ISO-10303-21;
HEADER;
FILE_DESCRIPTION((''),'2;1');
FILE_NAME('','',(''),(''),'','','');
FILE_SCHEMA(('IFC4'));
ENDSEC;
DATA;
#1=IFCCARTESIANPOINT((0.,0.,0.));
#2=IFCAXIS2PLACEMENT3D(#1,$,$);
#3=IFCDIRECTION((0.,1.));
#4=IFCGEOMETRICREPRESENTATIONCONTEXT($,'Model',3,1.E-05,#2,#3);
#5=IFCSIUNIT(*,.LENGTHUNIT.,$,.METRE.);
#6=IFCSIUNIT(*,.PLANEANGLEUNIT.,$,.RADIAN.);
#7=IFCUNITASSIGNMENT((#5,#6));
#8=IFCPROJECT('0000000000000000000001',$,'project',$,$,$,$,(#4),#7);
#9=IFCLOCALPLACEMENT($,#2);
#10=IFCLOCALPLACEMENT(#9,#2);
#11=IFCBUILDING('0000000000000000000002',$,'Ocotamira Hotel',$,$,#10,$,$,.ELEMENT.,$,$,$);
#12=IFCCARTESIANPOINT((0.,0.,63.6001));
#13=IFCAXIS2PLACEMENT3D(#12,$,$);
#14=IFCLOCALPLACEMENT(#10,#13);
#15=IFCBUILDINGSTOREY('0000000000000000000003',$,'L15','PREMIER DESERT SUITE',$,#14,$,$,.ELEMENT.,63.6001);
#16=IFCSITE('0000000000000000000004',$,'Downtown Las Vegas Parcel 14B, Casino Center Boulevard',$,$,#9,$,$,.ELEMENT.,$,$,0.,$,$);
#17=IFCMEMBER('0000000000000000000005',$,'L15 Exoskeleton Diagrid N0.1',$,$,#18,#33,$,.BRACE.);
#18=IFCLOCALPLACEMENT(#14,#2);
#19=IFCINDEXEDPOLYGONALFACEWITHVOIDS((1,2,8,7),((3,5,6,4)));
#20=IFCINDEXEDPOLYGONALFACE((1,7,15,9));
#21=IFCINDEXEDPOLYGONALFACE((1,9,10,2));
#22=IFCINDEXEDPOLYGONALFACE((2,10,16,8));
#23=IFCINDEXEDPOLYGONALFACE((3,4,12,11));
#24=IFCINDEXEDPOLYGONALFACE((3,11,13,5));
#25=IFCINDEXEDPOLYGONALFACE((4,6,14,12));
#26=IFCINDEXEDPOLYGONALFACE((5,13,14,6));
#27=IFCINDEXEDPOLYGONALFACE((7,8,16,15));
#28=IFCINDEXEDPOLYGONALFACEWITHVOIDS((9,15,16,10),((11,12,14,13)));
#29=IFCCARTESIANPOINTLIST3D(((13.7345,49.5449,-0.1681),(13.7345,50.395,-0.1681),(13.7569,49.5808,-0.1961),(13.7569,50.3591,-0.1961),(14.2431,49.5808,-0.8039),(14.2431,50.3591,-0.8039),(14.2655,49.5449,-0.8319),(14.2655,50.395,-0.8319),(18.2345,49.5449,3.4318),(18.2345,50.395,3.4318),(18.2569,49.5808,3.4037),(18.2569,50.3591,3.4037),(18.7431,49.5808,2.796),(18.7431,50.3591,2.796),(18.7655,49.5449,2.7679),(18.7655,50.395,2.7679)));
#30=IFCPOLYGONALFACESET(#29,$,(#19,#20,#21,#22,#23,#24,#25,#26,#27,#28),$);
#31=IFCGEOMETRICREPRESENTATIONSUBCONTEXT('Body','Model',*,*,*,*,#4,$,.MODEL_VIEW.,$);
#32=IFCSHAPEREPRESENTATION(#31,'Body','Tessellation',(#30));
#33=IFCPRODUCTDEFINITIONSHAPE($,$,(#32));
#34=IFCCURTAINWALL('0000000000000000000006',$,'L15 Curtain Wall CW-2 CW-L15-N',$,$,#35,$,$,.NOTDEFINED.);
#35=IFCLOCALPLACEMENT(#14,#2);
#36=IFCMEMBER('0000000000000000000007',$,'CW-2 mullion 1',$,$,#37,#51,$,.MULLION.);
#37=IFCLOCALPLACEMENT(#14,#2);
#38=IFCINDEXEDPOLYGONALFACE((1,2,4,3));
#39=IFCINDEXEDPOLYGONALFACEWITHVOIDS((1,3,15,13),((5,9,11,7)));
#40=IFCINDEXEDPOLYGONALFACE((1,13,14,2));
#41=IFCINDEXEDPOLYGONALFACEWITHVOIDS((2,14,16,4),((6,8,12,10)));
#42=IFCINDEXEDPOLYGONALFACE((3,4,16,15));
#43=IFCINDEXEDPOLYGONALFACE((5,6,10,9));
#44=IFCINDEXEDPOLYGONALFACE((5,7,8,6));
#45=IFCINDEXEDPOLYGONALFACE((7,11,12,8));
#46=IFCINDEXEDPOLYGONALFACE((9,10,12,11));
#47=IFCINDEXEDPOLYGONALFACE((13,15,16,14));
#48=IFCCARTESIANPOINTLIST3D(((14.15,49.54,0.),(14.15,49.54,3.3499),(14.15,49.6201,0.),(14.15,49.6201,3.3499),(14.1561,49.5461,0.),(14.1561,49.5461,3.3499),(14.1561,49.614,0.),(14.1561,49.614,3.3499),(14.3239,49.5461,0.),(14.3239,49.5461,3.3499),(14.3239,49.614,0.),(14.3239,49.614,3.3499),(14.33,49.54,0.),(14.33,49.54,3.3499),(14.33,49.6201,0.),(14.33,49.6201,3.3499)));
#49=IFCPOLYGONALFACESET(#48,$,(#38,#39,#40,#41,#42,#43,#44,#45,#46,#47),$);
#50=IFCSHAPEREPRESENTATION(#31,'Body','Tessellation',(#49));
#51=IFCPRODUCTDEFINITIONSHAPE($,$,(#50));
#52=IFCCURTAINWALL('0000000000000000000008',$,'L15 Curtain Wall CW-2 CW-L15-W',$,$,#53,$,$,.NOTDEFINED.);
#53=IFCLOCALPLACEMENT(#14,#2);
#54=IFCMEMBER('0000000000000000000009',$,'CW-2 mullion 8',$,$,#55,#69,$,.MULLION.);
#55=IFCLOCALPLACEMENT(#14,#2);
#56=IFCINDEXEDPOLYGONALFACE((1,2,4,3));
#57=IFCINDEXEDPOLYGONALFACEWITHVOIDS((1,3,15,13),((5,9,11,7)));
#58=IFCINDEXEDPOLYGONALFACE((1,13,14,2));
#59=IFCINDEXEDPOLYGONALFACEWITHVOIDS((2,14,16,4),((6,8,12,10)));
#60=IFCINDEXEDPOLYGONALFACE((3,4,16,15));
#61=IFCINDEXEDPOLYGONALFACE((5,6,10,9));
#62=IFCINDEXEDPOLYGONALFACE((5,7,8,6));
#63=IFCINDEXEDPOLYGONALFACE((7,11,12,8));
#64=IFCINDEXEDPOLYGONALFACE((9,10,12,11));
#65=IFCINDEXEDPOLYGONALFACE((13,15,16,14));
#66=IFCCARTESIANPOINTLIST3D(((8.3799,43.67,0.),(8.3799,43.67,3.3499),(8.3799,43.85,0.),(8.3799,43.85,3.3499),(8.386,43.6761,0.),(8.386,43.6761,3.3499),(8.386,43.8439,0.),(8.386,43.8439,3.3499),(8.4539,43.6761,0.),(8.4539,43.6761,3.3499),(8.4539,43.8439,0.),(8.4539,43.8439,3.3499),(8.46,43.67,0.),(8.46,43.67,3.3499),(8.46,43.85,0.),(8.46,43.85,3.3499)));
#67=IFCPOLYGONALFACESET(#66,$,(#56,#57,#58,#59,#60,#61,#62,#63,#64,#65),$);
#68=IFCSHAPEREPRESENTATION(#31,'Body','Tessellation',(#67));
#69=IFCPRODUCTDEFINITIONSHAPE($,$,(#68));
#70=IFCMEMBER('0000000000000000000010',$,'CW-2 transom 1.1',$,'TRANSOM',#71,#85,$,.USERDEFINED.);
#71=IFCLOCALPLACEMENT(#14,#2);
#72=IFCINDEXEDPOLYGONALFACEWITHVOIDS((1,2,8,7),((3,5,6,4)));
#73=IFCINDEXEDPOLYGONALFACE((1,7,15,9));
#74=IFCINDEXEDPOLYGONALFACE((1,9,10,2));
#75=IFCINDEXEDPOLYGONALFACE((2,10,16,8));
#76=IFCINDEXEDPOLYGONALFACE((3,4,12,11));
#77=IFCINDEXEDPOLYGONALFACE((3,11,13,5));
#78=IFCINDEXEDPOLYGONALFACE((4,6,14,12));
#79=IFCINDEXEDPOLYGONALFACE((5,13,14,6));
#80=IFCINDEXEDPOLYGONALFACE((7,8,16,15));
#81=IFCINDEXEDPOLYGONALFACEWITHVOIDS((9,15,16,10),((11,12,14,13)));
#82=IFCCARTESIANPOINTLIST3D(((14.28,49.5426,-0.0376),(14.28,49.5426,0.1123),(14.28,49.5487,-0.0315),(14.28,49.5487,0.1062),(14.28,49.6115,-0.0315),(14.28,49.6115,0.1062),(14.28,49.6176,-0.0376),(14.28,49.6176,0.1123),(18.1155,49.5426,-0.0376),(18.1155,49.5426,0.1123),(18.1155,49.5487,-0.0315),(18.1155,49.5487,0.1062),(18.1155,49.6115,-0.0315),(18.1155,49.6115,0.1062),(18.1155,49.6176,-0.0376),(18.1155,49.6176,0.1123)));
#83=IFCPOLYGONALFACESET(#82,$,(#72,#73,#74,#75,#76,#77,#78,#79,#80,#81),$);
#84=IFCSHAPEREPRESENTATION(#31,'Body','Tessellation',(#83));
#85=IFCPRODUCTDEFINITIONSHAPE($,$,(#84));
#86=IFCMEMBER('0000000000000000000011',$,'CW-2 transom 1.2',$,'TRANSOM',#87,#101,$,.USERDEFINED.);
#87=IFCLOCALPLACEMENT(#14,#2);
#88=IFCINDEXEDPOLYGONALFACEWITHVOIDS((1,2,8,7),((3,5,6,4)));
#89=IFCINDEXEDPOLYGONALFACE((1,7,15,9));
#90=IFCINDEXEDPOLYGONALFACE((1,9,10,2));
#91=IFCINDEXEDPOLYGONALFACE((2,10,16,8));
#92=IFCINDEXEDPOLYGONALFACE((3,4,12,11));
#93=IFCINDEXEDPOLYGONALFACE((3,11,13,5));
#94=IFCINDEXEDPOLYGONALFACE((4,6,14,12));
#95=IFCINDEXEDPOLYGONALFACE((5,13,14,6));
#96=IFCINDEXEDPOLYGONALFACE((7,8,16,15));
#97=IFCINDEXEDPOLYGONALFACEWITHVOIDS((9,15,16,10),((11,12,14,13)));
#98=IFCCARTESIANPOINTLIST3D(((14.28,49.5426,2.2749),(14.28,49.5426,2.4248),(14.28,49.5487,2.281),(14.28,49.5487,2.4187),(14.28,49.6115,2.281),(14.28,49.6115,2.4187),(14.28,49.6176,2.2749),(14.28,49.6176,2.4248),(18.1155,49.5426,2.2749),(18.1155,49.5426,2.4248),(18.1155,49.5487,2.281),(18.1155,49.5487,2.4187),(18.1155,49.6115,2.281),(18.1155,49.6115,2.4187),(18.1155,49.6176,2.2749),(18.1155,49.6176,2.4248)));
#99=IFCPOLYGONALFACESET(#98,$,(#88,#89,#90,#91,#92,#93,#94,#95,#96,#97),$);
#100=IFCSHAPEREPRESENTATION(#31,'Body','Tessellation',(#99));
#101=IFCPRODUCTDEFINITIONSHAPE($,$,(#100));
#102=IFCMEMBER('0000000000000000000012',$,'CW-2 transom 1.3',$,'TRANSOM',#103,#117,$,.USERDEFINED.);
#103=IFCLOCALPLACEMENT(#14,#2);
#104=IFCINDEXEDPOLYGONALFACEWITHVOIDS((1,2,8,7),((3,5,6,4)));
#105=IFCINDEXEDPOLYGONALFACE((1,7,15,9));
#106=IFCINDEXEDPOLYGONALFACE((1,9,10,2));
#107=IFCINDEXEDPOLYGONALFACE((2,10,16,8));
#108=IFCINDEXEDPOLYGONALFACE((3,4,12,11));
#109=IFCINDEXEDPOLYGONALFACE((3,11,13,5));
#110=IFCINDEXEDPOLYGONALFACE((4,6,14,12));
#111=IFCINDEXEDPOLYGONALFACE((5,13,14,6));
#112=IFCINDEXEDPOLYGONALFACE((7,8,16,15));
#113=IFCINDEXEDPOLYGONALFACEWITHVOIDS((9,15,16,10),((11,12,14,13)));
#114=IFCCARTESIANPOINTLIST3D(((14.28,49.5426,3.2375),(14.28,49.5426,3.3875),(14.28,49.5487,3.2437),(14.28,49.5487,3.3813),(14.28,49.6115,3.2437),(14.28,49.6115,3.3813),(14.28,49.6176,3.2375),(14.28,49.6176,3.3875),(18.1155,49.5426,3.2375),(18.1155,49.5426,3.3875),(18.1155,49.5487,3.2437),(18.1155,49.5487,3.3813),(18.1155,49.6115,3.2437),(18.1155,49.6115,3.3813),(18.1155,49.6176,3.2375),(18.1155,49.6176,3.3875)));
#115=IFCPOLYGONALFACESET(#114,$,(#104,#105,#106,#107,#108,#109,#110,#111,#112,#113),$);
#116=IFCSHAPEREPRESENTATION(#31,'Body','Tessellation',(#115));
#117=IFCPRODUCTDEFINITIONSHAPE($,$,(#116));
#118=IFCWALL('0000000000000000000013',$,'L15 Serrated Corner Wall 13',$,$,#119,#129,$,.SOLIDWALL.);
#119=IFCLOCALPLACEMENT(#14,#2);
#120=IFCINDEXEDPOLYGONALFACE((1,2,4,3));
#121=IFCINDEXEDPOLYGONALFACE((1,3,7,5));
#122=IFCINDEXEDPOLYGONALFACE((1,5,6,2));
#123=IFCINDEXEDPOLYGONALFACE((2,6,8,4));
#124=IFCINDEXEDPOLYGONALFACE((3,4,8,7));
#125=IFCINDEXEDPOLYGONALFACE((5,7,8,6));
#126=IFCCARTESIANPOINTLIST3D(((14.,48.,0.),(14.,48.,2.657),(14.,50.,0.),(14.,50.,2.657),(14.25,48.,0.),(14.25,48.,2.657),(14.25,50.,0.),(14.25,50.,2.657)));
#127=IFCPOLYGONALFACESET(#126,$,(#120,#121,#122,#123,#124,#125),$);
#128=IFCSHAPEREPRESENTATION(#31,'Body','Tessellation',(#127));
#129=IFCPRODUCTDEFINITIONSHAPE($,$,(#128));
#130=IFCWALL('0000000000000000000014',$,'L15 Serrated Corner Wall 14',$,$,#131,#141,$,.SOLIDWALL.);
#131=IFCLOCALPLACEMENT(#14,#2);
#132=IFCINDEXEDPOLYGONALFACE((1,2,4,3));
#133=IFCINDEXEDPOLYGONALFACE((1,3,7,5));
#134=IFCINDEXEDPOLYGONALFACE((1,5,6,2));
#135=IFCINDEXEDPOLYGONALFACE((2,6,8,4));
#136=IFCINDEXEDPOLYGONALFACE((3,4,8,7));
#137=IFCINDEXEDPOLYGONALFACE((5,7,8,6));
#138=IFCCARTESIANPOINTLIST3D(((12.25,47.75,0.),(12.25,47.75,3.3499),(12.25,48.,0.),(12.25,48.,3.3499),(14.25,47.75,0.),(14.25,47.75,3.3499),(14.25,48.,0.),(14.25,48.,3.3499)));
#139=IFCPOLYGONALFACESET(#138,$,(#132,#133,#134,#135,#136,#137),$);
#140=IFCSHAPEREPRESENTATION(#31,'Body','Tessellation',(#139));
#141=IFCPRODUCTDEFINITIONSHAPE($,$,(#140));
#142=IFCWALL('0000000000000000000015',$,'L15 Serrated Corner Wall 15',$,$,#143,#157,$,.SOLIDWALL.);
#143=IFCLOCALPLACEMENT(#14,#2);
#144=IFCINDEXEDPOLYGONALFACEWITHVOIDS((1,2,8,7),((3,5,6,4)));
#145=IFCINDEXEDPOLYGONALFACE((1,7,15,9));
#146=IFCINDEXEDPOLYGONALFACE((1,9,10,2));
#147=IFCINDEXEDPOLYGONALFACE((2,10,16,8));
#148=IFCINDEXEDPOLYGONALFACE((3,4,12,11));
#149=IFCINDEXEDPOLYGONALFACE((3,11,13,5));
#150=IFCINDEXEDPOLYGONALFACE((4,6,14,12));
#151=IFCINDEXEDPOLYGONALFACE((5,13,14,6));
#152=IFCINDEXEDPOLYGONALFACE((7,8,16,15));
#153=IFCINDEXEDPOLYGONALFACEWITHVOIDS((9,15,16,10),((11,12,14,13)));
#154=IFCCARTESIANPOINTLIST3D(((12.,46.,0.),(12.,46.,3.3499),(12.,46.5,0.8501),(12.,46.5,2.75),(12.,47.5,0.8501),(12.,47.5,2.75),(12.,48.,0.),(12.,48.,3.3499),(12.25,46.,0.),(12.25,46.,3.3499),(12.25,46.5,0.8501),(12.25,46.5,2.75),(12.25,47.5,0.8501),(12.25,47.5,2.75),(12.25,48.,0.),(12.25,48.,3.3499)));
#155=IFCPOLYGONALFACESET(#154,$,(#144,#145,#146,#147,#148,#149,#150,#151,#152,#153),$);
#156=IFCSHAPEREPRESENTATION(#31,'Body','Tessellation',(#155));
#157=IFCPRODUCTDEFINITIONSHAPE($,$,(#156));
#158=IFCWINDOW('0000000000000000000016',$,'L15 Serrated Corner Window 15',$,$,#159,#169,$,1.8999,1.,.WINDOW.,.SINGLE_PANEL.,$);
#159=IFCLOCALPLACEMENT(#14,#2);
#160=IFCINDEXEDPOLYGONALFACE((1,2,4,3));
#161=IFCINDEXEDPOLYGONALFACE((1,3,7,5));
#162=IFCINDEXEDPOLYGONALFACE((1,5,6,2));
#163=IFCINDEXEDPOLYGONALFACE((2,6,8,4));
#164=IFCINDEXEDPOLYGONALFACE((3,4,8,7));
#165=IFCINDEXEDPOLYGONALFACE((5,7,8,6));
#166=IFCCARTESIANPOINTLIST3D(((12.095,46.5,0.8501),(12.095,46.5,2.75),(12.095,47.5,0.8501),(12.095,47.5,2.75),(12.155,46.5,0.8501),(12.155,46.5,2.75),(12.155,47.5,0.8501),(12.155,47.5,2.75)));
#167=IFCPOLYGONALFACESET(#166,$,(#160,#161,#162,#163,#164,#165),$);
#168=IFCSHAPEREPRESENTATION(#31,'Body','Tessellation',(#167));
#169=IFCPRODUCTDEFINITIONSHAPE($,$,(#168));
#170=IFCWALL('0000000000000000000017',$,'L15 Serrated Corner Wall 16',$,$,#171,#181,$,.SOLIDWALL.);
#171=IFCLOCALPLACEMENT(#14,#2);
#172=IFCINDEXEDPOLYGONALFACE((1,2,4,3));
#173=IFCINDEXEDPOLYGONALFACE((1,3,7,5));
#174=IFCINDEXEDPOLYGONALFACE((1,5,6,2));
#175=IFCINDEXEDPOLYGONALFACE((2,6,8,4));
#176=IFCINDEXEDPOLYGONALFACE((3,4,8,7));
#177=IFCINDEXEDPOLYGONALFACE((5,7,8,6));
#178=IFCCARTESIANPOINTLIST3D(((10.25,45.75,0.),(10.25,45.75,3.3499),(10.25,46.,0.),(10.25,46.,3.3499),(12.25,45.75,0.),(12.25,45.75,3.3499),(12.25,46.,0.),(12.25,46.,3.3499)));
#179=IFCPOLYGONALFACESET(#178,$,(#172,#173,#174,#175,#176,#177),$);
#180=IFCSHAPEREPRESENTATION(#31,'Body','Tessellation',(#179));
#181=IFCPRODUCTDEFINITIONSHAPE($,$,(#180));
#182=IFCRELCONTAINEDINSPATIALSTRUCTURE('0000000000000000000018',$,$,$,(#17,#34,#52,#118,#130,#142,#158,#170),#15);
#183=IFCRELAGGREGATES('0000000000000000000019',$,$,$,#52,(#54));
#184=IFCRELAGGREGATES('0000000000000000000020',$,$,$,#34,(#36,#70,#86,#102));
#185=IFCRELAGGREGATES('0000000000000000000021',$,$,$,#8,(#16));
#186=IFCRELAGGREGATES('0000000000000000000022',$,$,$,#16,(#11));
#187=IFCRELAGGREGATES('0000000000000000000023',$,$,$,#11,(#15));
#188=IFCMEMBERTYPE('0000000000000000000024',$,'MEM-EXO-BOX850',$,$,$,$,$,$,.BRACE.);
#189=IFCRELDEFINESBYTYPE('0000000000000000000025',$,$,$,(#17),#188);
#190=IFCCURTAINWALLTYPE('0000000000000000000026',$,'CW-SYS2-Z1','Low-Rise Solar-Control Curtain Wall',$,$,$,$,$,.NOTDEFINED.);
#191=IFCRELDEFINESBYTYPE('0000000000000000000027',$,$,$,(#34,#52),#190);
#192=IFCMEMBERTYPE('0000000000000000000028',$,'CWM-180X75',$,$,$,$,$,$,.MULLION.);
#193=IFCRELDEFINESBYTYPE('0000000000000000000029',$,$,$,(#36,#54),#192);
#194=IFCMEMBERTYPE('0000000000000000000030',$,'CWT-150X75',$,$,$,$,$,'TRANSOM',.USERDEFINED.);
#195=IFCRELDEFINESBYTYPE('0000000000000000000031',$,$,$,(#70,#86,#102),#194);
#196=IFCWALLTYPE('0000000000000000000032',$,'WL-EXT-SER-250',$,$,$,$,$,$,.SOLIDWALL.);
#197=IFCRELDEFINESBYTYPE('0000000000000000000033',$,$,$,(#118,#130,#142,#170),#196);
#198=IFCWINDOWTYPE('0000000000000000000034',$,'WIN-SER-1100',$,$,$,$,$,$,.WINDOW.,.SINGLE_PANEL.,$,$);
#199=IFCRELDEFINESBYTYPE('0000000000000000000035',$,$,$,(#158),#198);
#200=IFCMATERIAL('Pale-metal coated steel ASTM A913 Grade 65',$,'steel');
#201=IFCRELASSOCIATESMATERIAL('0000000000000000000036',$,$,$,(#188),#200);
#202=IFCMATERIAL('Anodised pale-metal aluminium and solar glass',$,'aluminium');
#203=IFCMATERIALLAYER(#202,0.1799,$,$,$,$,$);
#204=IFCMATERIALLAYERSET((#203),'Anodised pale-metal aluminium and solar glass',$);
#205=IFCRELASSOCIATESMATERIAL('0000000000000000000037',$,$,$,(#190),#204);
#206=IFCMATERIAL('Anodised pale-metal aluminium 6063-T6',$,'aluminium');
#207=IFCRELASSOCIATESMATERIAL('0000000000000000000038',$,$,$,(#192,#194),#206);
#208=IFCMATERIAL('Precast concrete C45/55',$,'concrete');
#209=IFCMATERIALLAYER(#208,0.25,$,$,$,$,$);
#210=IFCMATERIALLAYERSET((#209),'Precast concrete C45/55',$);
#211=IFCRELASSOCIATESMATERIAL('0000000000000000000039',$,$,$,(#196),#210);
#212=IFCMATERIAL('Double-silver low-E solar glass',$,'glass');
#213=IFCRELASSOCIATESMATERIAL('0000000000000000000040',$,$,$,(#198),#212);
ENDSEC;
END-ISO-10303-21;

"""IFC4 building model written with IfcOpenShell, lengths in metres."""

from ifc_helpers import new_model, si_unit, direction, frame, frame_2d, origin, origin_2d, place, context, subcontext, project, spatial, rectangle, hollow_rectangle, extrude, source, transform, mapped, material, layer, layer_set, material_profile, profile_set, type_object, element, fill, aggregate, save


model = new_model("IFC4")

# Units and contexts
model_context = context("Model", 3, precision=1e-05, world=origin(), true_north=direction((0.0, 1.0)))
body_context = subcontext(model_context, "Body", "Model", "MODEL_VIEW")
ifc_project = project(units=[si_unit("LENGTHUNIT", "METRE"), si_unit("PLANEANGLEUNIT", "RADIAN")], contexts=[model_context])

# Site, building, storey
site_placement = place(None, origin())
site = spatial("IfcSite", under=ifc_project, at=site_placement, Name="Downtown Las Vegas Parcel 14B, Casino Center Boulevard", CompositionType="ELEMENT", RefElevation=0.0)
building_placement = place(site_placement, origin())
building = spatial("IfcBuilding", under=site, at=building_placement, Name="Ocotamira Hotel", CompositionType="ELEMENT")
storey_placement = place(building_placement, frame((0.0, 0.0, 63.6001)))
storey = spatial("IfcBuildingStorey", under=building, at=storey_placement, Name="L15", Description="PREMIER DESERT SUITE", CompositionType="ELEMENT", Elevation=63.6001)

# Member
ifc_material_1 = material(Name="Pale-metal coated steel ASTM A913 Grade 65", Category="steel")
ifc_material_profile_1 = material_profile(ifc_material_1, hollow_rectangle(XDim=0.8501, YDim=0.8501, WallThickness=0.0359, at=origin_2d()), Name="BOX850X850X36")
ifc_profile_set_1 = profile_set([ifc_material_profile_1], Name="Pale-metal coated steel ASTM A913 Grade 65")
member_type_1 = type_object("IfcMemberType", Name="MEM-EXO-BOX850", PredefinedType="BRACE", material=ifc_profile_set_1)
shared_shape_1 = source(origin(), body_context, "Body", "SweptSolid", [
    extrude(hollow_rectangle(XDim=0.8501, YDim=0.8501, WallThickness=0.0359, at=origin_2d()), origin(), (0.0, 0.0, 1.0), 5.7627),
])
member_1_placement = place(storey_placement, frame((14.0, 49.97, -0.5), z_axis=(0.780881, 0.0, 0.62468), x_axis=(0.0, 1.0, 0.0)))
element("IfcMember", 1, at=member_1_placement, inside=storey, type_object=member_type_1, Name="L15 Exoskeleton Diagrid N0.1", PredefinedType="BRACE", context=body_context, shape_type="MappedRepresentation", body=[
    mapped(shared_shape_1, transform((0.0, 0.0, 0.0), scale=1.0)),
])

# Curtain walls, members
ifc_material_2 = material(Name="Anodised pale-metal aluminium and solar glass", Category="aluminium")
ifc_layer_1 = layer(ifc_material_2, 0.1799)
ifc_layer_set_1 = layer_set([ifc_layer_1], Name="Anodised pale-metal aluminium and solar glass")
curtain_wall_type = type_object("IfcCurtainWallType", Name="CW-SYS2-Z1", Description="Low-Rise Solar-Control Curtain Wall", PredefinedType="NOTDEFINED", material=ifc_layer_set_1)
curtain_wall_1_placement = place(storey_placement, origin())
curtain_wall_1 = element("IfcCurtainWall", 2, at=curtain_wall_1_placement, inside=storey, type_object=curtain_wall_type, Name="L15 Curtain Wall CW-2 CW-L15-N", PredefinedType="NOTDEFINED")
ifc_material_3 = material(Name="Anodised pale-metal aluminium 6063-T6", Category="aluminium")
ifc_material_profile_2 = material_profile(ifc_material_3, hollow_rectangle(XDim=0.0801, YDim=0.1799, WallThickness=0.0061, at=origin_2d()), Name="HSS180X80X6")
ifc_profile_set_2 = profile_set([ifc_material_profile_2], Name="Anodised pale-metal aluminium 6063-T6")
member_type_2 = type_object("IfcMemberType", Name="CWM-180X75", PredefinedType="MULLION", material=ifc_profile_set_2)
shared_shape_2 = source(origin(), body_context, "Body", "SweptSolid", [
    extrude(hollow_rectangle(XDim=0.0801, YDim=0.1799, WallThickness=0.0061, at=origin_2d()), origin(), (0.0, 0.0, 1.0), 3.3499),
])
member_2_placement = place(storey_placement, frame((14.24, 49.5801, 0.0), z_axis=(0.0, 0.0, 1.0), x_axis=(0.0, 1.0, 0.0)))
member_2 = element("IfcMember", 3, at=member_2_placement, type_object=member_type_2, Name="CW-2 mullion 1", PredefinedType="MULLION", context=body_context, shape_type="MappedRepresentation", body=[
    mapped(shared_shape_2, transform((0.0, 0.0, 0.0), scale=1.0)),
])
curtain_wall_2_placement = place(storey_placement, origin())
curtain_wall_2 = element("IfcCurtainWall", 4, at=curtain_wall_2_placement, inside=storey, type_object=curtain_wall_type, Name="L15 Curtain Wall CW-2 CW-L15-W", PredefinedType="NOTDEFINED")
member_3_placement = place(storey_placement, frame((8.4199, 43.76, 0.0), z_axis=(0.0, 0.0, 1.0), x_axis=(-1.0, 0.0, 0.0)))
member_3 = element("IfcMember", 5, at=member_3_placement, type_object=member_type_2, Name="CW-2 mullion 8", PredefinedType="MULLION", context=body_context, shape_type="MappedRepresentation", body=[
    mapped(shared_shape_2, transform((0.0, 0.0, 0.0), scale=1.0)),
])
aggregate(curtain_wall_2, [member_3])

# Members
ifc_material_profile_3 = material_profile(ifc_material_3, hollow_rectangle(XDim=0.075, YDim=0.1499, WallThickness=0.0061, at=origin_2d()), Name="HSS150X75X6")
ifc_profile_set_3 = profile_set([ifc_material_profile_3], Name="Anodised pale-metal aluminium 6063-T6")
member_type_3 = type_object("IfcMemberType", Name="CWT-150X75", ElementType="TRANSOM", PredefinedType="USERDEFINED", material=ifc_profile_set_3)
shared_shape_3 = source(origin(), body_context, "Body", "SweptSolid", [
    extrude(hollow_rectangle(XDim=0.075, YDim=0.1499, WallThickness=0.0061, at=origin_2d()), origin(), (0.0, 0.0, 1.0), 3.8354),
])
member_4_placement = place(storey_placement, frame((14.28, 49.5801, 0.0374), z_axis=(1.0, 0.0, 0.0), x_axis=(0.0, 1.0, 0.0)))
member_4 = element("IfcMember", 6, at=member_4_placement, type_object=member_type_3, Name="CW-2 transom 1.1", ObjectType="TRANSOM", PredefinedType="USERDEFINED", context=body_context, shape_type="MappedRepresentation", body=[
    mapped(shared_shape_3, transform((0.0, 0.0, 0.0), scale=1.0)),
])
member_5_placement = place(storey_placement, frame((14.28, 49.5801, 2.3499), z_axis=(1.0, 0.0, 0.0), x_axis=(0.0, 1.0, 0.0)))
member_5 = element("IfcMember", 7, at=member_5_placement, type_object=member_type_3, Name="CW-2 transom 1.2", ObjectType="TRANSOM", PredefinedType="USERDEFINED", context=body_context, shape_type="MappedRepresentation", body=[
    mapped(shared_shape_3, transform((0.0, 0.0, 0.0), scale=1.0)),
])
member_6_placement = place(storey_placement, frame((14.28, 49.5801, 3.3125), z_axis=(1.0, 0.0, 0.0), x_axis=(0.0, 1.0, 0.0)))
member_6 = element("IfcMember", 8, at=member_6_placement, type_object=member_type_3, Name="CW-2 transom 1.3", ObjectType="TRANSOM", PredefinedType="USERDEFINED", context=body_context, shape_type="MappedRepresentation", body=[
    mapped(shared_shape_3, transform((0.0, 0.0, 0.0), scale=1.0)),
])
aggregate(curtain_wall_1, [member_2, member_4, member_5, member_6])

# Walls
ifc_material_4 = material(Name="Precast concrete C45/55", Category="concrete")
ifc_layer_2 = layer(ifc_material_4, 0.25)
ifc_layer_set_2 = layer_set([ifc_layer_2], Name="Precast concrete C45/55")
wall_type_1 = type_object("IfcWallType", Name="WL-EXT-SER-250", PredefinedType="SOLIDWALL", material=ifc_layer_set_2)
wall_1_placement = place(storey_placement, frame((14.125, 50.0, 0.0), z_axis=(0.0, 0.0, 1.0), x_axis=(0.0, -1.0, 0.0)))
element("IfcWall", 9, at=wall_1_placement, inside=storey, type_object=wall_type_1, Name="L15 Serrated Corner Wall 13", PredefinedType="SOLIDWALL", context=body_context, shape_type="SweptSolid", body=[
    extrude(rectangle(XDim=2.0, YDim=0.25, at=frame_2d((1.0, 0.0))), origin(), (0.0, 0.0, 1.0), 2.657),
])
wall_2_placement = place(storey_placement, frame((14.25, 47.875, 0.0), z_axis=(0.0, 0.0, 1.0), x_axis=(-1.0, 0.0, 0.0)))
element("IfcWall", 10, at=wall_2_placement, inside=storey, type_object=wall_type_1, Name="L15 Serrated Corner Wall 14", PredefinedType="SOLIDWALL", context=body_context, shape_type="SweptSolid", body=[
    extrude(rectangle(XDim=2.0, YDim=0.25, at=frame_2d((1.0, 0.0))), origin(), (0.0, 0.0, 1.0), 3.3499),
])

# Wall, opening, window
wall_3_placement = place(storey_placement, frame((12.125, 48.0, 0.0), z_axis=(0.0, 0.0, 1.0), x_axis=(0.0, -1.0, 0.0)))
wall_3 = element("IfcWall", 11, at=wall_3_placement, inside=storey, type_object=wall_type_1, Name="L15 Serrated Corner Wall 15", PredefinedType="SOLIDWALL", context=body_context, shape_type="SweptSolid", body=[
    extrude(rectangle(XDim=2.0, YDim=0.25, at=frame_2d((1.0, 0.0))), origin(), (0.0, 0.0, 1.0), 3.3499),
])
opening_1_placement = place(wall_3_placement, frame((0.5, 0.0, 0.8501)))
opening_1 = element("IfcOpeningElement", 12, at=opening_1_placement, cuts=wall_3, PredefinedType="OPENING", context=body_context, shape_type="SweptSolid", body=[
    extrude(rectangle(XDim=1.0, YDim=1.8999, at=frame_2d((0.5, 0.95))), frame((0.0, 0.135, 0.0), z_axis=(0.0, -1.0, 0.0), x_axis=(1.0, 0.0, 0.0)), (0.0, 0.0, 1.0), 0.27),
])
ifc_material_5 = material(Name="Double-silver low-E solar glass", Category="glass")
window_type = type_object("IfcWindowType", Name="WIN-SER-1100", PartitioningType="SINGLE_PANEL", PredefinedType="WINDOW", material=ifc_material_5)
shared_shape_4 = source(origin(), body_context, "Body", "SweptSolid", [
    extrude(rectangle(XDim=1.0, YDim=1.8999, at=frame_2d((0.5, 0.95))), frame((0.0, 0.03, 0.0), z_axis=(0.0, -1.0, 0.0), x_axis=(1.0, 0.0, 0.0)), (0.0, 0.0, 1.0), 0.0601),
])
window_placement = place(opening_1_placement, origin())
window = element("IfcWindow", 13, at=window_placement, inside=storey, type_object=window_type, Name="L15 Serrated Corner Window 15", OverallHeight=1.8999, OverallWidth=1.0, PartitioningType="SINGLE_PANEL", PredefinedType="WINDOW", context=body_context, shape_type="MappedRepresentation", body=[
    mapped(shared_shape_4, transform((0.0, 0.0, 0.0), scale=1.0)),
])
fill(opening_1, window)

# Wall
for number, where, z_axis, x_axis, name in (
    (14, (12.25, 45.875, 0.0), (0.0, 0.0, 1.0), (-1.0, 0.0, 0.0), "L15 Serrated Corner Wall 16"),
):
    element("IfcWall", number, at=place(storey_placement, frame(where, z_axis=z_axis, x_axis=x_axis)), inside=storey, type_object=wall_type_1, Name=name, PredefinedType="SOLIDWALL", context=body_context, shape_type="SweptSolid", body=[
        extrude(rectangle(XDim=2.0, YDim=0.25, at=frame_2d((1.0, 0.0))), origin(), (0.0, 0.0, 1.0), 3.3499),
    ])

save(model, "model.ifc")
